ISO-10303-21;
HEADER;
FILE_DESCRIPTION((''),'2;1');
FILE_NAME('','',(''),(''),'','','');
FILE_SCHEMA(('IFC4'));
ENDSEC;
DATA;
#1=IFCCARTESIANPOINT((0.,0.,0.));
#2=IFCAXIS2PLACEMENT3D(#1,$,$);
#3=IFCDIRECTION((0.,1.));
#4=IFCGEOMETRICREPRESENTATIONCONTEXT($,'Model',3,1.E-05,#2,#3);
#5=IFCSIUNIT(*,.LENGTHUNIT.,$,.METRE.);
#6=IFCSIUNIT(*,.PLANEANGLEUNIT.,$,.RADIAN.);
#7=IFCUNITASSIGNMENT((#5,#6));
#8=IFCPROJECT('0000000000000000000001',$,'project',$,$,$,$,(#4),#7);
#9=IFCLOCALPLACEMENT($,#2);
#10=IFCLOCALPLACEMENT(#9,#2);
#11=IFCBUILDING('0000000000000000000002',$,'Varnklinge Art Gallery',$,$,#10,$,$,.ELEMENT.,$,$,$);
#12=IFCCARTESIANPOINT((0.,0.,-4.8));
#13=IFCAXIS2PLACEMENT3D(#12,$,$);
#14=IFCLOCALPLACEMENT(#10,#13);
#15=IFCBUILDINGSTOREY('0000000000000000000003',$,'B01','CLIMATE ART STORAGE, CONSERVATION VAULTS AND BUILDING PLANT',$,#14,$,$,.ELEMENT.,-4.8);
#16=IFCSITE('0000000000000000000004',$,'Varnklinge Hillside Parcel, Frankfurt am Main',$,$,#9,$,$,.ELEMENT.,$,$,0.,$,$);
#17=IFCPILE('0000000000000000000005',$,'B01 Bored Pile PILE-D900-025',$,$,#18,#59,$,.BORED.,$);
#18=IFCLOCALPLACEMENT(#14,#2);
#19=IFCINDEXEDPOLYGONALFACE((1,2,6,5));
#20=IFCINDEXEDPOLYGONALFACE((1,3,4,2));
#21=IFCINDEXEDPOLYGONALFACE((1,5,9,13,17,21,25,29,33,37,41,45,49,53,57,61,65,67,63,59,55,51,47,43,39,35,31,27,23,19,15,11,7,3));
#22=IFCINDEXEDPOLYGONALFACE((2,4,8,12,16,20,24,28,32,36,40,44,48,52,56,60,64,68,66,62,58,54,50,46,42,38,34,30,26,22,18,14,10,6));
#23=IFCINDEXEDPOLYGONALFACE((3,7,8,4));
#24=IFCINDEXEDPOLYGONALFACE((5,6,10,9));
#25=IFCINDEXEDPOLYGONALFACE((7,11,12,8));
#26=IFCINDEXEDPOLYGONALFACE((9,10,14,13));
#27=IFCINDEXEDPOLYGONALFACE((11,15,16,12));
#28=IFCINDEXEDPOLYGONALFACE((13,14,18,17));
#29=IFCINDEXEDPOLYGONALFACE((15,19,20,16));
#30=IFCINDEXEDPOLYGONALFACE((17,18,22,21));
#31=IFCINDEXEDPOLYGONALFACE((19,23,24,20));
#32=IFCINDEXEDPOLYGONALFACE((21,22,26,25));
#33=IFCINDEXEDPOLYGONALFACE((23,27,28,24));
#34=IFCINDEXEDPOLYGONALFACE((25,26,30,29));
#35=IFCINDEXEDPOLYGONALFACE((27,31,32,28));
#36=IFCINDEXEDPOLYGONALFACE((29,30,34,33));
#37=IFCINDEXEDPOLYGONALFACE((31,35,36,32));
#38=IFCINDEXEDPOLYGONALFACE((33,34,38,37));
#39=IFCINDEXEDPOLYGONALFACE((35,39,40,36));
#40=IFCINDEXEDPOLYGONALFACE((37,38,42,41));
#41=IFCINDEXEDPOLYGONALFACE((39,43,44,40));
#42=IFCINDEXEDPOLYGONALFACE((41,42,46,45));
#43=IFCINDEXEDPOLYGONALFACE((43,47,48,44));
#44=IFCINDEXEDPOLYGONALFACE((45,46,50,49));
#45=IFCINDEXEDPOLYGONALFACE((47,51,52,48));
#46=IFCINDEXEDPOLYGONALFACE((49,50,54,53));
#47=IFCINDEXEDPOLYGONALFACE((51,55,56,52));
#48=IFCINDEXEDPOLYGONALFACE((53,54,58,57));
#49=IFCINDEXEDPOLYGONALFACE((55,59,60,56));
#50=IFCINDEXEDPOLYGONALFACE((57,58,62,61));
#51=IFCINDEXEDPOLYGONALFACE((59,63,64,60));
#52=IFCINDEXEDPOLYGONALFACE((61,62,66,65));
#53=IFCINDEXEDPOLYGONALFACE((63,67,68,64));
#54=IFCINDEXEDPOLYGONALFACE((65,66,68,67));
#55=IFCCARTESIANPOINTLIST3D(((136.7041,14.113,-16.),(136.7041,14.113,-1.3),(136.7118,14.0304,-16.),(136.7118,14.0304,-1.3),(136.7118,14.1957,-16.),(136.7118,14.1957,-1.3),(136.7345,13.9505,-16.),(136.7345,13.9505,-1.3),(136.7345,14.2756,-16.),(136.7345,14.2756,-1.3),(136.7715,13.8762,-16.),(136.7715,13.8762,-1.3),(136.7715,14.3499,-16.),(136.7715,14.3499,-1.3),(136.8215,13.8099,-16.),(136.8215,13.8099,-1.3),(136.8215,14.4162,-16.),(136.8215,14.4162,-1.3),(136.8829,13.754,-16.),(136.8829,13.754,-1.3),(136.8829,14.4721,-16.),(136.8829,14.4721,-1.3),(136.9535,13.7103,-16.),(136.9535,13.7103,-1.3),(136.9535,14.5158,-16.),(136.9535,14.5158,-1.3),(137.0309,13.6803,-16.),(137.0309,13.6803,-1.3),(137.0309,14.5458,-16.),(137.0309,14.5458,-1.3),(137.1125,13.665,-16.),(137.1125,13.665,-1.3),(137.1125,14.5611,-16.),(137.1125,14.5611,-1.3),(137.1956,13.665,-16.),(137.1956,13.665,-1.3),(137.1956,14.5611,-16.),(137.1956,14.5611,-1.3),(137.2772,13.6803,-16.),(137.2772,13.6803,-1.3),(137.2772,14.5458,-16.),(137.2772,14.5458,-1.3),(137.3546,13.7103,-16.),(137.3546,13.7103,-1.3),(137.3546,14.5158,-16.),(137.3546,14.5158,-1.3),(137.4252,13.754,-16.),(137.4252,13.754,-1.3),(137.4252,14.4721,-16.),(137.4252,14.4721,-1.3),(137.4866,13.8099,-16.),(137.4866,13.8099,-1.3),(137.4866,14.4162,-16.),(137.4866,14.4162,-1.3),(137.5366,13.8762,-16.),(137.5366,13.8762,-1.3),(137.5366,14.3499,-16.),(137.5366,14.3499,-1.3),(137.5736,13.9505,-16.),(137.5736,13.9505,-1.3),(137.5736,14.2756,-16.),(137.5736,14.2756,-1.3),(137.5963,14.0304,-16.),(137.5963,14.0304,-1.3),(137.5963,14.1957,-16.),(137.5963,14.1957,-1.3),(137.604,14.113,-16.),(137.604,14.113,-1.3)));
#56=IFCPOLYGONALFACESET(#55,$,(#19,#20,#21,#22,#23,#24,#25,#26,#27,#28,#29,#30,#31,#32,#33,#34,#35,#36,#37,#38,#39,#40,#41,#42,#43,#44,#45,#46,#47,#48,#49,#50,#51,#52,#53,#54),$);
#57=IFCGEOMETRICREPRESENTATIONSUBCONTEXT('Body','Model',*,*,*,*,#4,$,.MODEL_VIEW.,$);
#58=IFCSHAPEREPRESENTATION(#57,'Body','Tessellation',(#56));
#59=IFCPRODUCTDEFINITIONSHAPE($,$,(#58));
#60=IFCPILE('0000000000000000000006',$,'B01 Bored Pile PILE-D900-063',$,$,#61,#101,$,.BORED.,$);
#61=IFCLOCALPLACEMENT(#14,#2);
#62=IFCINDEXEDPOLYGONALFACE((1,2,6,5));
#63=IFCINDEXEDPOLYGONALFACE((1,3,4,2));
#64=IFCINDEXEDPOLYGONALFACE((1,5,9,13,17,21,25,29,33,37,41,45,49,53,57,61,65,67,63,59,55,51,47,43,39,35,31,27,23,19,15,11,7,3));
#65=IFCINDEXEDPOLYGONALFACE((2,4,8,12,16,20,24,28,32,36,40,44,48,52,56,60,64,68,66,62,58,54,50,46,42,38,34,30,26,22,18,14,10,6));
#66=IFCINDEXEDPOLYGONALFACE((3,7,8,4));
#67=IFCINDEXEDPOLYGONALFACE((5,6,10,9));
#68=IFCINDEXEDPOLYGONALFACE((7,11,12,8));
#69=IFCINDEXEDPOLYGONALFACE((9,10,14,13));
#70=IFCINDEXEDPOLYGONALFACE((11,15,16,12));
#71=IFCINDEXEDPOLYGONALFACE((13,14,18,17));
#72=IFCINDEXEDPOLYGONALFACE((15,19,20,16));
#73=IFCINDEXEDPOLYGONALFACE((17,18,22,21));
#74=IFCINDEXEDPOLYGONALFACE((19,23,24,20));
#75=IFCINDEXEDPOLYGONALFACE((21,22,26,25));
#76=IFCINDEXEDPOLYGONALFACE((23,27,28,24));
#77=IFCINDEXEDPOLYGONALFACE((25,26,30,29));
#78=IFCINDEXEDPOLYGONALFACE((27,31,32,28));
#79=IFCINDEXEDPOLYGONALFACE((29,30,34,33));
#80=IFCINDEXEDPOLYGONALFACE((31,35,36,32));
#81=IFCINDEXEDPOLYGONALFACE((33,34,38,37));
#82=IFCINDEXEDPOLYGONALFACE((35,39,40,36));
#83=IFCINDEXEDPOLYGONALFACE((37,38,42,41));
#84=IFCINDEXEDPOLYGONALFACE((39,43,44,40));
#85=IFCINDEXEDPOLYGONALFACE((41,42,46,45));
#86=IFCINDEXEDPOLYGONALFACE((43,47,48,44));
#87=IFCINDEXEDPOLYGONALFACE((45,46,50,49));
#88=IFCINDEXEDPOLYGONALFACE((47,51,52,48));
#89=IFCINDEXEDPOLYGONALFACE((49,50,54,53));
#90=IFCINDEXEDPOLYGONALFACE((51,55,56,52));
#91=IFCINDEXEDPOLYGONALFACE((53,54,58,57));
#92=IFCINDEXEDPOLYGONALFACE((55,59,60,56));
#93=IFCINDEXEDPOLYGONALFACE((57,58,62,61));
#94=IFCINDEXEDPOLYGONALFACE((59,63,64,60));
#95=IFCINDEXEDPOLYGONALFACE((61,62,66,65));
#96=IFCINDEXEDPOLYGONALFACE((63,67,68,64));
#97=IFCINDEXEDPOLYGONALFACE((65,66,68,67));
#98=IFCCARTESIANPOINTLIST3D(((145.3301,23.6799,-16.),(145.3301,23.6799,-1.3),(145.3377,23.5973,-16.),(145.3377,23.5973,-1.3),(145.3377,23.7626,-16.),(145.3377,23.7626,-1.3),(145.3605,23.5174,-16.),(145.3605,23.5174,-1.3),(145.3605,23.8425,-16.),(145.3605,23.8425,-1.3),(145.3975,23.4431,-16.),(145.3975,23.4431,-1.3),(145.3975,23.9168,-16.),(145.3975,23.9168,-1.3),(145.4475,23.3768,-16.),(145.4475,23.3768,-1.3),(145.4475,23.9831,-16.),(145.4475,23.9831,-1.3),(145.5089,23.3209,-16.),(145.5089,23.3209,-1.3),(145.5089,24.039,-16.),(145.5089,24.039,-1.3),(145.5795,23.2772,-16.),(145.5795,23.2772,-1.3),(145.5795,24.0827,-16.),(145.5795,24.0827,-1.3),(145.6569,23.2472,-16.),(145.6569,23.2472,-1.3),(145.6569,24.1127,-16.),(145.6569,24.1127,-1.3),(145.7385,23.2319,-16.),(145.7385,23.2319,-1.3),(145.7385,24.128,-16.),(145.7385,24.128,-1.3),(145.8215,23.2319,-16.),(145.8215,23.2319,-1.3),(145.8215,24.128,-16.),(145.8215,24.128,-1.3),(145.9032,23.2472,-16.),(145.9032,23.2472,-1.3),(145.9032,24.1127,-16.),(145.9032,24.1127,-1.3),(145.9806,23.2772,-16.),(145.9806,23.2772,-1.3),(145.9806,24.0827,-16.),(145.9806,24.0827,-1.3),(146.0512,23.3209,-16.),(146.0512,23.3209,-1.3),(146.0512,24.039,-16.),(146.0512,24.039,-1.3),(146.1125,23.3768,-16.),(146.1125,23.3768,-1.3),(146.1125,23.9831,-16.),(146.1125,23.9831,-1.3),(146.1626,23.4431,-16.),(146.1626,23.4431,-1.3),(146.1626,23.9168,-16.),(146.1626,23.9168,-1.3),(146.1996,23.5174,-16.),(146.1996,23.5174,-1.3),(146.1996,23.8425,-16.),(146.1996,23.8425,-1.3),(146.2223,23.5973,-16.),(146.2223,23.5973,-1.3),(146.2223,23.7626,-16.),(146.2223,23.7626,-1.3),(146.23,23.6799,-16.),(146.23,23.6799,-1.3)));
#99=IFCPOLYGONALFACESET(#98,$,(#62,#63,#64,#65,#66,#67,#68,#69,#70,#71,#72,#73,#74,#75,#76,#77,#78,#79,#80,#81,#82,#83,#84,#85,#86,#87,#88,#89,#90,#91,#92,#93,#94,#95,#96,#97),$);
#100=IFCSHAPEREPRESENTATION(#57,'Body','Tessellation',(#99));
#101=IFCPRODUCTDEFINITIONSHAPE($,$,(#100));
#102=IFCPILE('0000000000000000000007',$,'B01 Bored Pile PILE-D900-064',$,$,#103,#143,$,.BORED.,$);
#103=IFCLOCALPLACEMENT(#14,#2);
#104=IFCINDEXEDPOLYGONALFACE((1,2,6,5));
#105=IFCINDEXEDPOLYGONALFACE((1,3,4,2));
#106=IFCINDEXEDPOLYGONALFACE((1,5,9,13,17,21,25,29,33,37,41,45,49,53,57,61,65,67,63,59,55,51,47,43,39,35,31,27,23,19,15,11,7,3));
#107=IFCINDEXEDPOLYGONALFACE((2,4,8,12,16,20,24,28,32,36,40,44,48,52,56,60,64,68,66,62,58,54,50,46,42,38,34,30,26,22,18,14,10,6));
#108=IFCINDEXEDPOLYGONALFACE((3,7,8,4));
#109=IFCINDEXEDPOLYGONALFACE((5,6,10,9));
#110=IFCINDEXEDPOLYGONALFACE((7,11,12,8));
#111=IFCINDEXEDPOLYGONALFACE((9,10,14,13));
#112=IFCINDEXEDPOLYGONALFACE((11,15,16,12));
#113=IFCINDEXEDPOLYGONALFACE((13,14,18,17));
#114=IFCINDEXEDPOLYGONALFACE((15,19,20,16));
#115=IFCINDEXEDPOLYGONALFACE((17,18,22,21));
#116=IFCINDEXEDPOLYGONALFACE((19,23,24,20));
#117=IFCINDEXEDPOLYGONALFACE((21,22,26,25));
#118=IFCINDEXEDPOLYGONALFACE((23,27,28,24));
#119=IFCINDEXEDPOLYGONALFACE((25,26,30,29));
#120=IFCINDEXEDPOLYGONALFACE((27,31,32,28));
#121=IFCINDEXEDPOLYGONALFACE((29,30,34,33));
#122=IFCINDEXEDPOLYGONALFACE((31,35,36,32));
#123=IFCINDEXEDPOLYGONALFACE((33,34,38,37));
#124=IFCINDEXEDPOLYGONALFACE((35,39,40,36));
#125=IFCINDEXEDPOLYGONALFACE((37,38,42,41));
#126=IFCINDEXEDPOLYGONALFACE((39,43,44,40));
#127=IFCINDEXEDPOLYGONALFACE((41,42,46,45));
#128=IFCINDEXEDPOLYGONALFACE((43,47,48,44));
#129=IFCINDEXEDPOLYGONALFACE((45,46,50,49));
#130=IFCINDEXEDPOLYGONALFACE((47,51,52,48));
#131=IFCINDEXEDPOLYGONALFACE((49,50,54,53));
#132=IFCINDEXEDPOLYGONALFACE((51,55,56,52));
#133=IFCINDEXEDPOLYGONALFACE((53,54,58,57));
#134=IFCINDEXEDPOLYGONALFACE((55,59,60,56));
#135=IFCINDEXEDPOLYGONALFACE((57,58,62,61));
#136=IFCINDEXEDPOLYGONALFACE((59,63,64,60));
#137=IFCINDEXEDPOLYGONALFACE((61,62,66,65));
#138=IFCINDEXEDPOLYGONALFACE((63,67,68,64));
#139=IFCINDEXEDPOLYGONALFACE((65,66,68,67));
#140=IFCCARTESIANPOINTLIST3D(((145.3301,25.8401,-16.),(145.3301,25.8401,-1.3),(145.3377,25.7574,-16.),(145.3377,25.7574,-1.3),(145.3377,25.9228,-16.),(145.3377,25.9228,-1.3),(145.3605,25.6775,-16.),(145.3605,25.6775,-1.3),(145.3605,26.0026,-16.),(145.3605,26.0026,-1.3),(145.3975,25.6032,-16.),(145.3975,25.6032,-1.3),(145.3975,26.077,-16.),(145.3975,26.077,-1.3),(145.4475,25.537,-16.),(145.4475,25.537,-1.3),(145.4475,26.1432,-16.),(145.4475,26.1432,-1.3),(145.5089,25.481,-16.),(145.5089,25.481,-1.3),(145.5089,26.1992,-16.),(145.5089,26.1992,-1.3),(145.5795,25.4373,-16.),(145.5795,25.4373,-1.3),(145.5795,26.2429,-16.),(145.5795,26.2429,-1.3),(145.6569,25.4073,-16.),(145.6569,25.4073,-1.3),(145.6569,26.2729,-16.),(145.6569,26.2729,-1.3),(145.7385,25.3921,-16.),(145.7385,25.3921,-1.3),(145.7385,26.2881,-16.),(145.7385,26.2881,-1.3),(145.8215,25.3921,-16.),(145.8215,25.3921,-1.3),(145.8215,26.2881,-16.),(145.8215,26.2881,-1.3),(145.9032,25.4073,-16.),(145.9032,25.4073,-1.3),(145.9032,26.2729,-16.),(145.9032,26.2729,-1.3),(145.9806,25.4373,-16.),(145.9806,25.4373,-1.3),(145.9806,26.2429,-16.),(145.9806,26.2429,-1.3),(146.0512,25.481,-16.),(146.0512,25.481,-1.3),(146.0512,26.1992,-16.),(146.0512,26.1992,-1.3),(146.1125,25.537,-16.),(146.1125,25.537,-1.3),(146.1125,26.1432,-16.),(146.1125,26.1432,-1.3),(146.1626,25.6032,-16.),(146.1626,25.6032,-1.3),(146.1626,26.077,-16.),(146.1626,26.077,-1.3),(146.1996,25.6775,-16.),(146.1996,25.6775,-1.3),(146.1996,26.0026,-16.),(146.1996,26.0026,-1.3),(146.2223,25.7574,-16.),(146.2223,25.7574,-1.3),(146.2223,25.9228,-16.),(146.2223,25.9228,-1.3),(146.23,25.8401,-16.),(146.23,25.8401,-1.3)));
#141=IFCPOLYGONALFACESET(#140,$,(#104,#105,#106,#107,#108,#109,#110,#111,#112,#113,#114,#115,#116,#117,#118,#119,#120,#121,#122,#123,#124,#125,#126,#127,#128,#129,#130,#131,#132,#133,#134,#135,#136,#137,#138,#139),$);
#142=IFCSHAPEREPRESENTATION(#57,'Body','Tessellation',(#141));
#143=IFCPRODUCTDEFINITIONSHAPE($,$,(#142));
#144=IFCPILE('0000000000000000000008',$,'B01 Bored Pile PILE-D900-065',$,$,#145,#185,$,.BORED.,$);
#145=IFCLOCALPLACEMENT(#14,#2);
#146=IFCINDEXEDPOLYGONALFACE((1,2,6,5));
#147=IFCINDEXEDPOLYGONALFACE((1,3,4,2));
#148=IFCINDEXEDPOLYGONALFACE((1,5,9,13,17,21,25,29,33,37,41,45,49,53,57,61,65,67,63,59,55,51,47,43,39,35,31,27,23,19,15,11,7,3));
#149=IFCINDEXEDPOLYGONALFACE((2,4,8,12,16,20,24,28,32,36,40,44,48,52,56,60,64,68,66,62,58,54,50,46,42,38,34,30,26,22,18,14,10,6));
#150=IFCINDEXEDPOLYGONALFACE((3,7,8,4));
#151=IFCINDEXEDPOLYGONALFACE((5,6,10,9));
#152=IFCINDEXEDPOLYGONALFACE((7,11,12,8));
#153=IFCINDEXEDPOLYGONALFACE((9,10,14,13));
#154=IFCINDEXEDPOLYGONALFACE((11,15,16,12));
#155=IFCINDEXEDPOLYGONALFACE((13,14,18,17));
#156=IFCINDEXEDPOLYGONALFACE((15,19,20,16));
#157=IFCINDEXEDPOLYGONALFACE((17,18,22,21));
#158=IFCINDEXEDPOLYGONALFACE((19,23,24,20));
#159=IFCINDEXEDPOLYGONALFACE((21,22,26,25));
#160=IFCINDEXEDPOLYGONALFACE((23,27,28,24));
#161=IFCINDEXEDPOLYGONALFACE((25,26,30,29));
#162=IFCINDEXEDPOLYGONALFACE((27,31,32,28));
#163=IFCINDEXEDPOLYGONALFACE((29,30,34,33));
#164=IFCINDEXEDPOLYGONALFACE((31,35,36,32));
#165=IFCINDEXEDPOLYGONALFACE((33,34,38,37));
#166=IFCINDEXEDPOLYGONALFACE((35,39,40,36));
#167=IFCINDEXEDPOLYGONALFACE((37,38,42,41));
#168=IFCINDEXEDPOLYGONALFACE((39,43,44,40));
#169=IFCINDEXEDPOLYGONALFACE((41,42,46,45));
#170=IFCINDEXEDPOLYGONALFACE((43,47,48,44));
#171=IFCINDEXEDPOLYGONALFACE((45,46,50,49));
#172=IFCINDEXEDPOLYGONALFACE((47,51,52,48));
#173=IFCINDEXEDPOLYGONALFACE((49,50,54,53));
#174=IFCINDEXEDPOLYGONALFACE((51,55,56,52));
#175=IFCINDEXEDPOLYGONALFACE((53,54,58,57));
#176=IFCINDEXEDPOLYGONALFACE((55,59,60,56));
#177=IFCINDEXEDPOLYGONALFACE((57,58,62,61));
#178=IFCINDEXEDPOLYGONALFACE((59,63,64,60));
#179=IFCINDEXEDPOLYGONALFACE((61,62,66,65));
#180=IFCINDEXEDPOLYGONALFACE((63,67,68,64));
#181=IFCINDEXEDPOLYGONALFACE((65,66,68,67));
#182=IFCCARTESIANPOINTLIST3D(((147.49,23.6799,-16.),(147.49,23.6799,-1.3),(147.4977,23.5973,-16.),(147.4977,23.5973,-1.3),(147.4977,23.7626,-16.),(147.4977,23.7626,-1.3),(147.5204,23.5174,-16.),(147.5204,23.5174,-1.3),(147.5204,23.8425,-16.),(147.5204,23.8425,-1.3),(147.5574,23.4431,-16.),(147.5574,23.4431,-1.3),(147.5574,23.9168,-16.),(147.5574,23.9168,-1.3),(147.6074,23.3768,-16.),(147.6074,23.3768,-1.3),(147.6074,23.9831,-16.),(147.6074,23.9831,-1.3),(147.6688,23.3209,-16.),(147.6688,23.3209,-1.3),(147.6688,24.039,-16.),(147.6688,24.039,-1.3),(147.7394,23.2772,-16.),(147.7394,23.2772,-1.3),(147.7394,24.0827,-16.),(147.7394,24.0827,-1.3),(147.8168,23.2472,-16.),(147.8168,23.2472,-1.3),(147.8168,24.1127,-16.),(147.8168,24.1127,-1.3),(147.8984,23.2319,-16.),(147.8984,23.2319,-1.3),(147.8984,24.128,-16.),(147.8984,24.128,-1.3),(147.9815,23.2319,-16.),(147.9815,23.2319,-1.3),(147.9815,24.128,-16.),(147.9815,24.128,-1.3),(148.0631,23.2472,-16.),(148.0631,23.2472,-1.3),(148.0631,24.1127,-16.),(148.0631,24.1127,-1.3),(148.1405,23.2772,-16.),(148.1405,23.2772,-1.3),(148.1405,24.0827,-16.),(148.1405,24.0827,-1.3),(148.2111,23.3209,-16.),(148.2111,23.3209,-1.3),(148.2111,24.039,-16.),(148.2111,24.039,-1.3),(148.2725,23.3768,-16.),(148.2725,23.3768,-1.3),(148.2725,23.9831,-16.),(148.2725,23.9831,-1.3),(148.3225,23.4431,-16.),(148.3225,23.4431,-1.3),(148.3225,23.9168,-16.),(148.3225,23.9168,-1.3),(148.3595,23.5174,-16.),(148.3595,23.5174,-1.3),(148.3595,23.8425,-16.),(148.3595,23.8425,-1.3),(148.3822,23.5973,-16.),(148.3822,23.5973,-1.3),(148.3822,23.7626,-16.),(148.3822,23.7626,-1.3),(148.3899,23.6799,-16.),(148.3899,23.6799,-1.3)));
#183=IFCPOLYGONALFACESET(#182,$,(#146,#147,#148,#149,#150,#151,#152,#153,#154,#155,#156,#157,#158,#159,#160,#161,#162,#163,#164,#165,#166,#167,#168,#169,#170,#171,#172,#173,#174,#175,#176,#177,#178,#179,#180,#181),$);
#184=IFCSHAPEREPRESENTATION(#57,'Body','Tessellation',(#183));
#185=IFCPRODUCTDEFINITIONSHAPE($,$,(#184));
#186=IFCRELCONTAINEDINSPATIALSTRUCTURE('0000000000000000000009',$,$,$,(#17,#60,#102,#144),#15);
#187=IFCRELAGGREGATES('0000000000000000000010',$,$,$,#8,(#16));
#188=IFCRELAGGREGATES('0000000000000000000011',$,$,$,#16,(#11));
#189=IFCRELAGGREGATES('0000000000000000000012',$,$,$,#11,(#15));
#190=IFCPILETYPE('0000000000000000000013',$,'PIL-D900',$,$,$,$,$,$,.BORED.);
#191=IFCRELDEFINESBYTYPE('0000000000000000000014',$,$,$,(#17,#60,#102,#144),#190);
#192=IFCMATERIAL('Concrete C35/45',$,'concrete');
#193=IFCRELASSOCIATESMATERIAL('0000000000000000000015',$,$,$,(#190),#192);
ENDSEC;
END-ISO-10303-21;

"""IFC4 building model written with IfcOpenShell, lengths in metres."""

from ifc_helpers import new_model, si_unit, direction, frame, origin, origin_2d, place, context, subcontext, project, spatial, circle, extrude, material, material_profile, profile_set, type_object, element, save


model = new_model("IFC4")

# Units and contexts
model_context = context("Model", 3, precision=1e-05, world=origin(), true_north=direction((0.0, 1.0)))
body_context = subcontext(model_context, "Body", "Model", "MODEL_VIEW")
ifc_project = project(units=[si_unit("LENGTHUNIT", "METRE"), si_unit("PLANEANGLEUNIT", "RADIAN")], contexts=[model_context])

# Site, building, storey
site_placement = place(None, origin())
site = spatial("IfcSite", under=ifc_project, at=site_placement, Name="Varnklinge Hillside Parcel, Frankfurt am Main", CompositionType="ELEMENT", RefElevation=0.0)
building_placement = place(site_placement, origin())
building = spatial("IfcBuilding", under=site, at=building_placement, Name="Varnklinge Art Gallery", CompositionType="ELEMENT")
storey_placement = place(building_placement, frame((0.0, 0.0, -4.8)))
storey = spatial("IfcBuildingStorey", under=building, at=storey_placement, Name="B01", Description="CLIMATE ART STORAGE, CONSERVATION VAULTS AND BUILDING PLANT", CompositionType="ELEMENT", Elevation=-4.8)

# Piles
ifc_material_1 = material(Name="Concrete C35/45", Category="concrete")
ifc_material_profile_1 = material_profile(ifc_material_1, circle(Radius=0.45, at=origin_2d()), Name="PILE D900")
ifc_profile_set_1 = profile_set([ifc_material_profile_1], Name="Concrete C35/45")
pile_type = type_object("IfcPileType", Name="PIL-D900", PredefinedType="BORED", material=ifc_profile_set_1)
for number, where, z_axis, x_axis, name in (
    (1, (137.1541, 14.113, -1.3), (0.0, 0.0, -1.0), (1.0, 0.0, 0.0), "B01 Bored Pile PILE-D900-025"),
    (2, (145.78, 23.6799, -1.3), (0.0, 0.0, -1.0), (1.0, 0.0, 0.0), "B01 Bored Pile PILE-D900-063"),
    (3, (145.78, 25.8401, -1.3), (0.0, 0.0, -1.0), (1.0, 0.0, 0.0), "B01 Bored Pile PILE-D900-064"),
    (4, (147.9399, 23.6799, -1.3), (0.0, 0.0, -1.0), (1.0, 0.0, 0.0), "B01 Bored Pile PILE-D900-065"),
):
    element("IfcPile", number, at=place(storey_placement, frame(where, z_axis=z_axis, x_axis=x_axis)), inside=storey, type_object=pile_type, Name=name, PredefinedType="BORED", context=body_context, shape_type="SweptSolid", body=[
        extrude(circle(Radius=0.45, at=origin_2d()), origin(), (0.0, 0.0, 1.0), 14.7),
    ])

save(model, "model.ifc")
